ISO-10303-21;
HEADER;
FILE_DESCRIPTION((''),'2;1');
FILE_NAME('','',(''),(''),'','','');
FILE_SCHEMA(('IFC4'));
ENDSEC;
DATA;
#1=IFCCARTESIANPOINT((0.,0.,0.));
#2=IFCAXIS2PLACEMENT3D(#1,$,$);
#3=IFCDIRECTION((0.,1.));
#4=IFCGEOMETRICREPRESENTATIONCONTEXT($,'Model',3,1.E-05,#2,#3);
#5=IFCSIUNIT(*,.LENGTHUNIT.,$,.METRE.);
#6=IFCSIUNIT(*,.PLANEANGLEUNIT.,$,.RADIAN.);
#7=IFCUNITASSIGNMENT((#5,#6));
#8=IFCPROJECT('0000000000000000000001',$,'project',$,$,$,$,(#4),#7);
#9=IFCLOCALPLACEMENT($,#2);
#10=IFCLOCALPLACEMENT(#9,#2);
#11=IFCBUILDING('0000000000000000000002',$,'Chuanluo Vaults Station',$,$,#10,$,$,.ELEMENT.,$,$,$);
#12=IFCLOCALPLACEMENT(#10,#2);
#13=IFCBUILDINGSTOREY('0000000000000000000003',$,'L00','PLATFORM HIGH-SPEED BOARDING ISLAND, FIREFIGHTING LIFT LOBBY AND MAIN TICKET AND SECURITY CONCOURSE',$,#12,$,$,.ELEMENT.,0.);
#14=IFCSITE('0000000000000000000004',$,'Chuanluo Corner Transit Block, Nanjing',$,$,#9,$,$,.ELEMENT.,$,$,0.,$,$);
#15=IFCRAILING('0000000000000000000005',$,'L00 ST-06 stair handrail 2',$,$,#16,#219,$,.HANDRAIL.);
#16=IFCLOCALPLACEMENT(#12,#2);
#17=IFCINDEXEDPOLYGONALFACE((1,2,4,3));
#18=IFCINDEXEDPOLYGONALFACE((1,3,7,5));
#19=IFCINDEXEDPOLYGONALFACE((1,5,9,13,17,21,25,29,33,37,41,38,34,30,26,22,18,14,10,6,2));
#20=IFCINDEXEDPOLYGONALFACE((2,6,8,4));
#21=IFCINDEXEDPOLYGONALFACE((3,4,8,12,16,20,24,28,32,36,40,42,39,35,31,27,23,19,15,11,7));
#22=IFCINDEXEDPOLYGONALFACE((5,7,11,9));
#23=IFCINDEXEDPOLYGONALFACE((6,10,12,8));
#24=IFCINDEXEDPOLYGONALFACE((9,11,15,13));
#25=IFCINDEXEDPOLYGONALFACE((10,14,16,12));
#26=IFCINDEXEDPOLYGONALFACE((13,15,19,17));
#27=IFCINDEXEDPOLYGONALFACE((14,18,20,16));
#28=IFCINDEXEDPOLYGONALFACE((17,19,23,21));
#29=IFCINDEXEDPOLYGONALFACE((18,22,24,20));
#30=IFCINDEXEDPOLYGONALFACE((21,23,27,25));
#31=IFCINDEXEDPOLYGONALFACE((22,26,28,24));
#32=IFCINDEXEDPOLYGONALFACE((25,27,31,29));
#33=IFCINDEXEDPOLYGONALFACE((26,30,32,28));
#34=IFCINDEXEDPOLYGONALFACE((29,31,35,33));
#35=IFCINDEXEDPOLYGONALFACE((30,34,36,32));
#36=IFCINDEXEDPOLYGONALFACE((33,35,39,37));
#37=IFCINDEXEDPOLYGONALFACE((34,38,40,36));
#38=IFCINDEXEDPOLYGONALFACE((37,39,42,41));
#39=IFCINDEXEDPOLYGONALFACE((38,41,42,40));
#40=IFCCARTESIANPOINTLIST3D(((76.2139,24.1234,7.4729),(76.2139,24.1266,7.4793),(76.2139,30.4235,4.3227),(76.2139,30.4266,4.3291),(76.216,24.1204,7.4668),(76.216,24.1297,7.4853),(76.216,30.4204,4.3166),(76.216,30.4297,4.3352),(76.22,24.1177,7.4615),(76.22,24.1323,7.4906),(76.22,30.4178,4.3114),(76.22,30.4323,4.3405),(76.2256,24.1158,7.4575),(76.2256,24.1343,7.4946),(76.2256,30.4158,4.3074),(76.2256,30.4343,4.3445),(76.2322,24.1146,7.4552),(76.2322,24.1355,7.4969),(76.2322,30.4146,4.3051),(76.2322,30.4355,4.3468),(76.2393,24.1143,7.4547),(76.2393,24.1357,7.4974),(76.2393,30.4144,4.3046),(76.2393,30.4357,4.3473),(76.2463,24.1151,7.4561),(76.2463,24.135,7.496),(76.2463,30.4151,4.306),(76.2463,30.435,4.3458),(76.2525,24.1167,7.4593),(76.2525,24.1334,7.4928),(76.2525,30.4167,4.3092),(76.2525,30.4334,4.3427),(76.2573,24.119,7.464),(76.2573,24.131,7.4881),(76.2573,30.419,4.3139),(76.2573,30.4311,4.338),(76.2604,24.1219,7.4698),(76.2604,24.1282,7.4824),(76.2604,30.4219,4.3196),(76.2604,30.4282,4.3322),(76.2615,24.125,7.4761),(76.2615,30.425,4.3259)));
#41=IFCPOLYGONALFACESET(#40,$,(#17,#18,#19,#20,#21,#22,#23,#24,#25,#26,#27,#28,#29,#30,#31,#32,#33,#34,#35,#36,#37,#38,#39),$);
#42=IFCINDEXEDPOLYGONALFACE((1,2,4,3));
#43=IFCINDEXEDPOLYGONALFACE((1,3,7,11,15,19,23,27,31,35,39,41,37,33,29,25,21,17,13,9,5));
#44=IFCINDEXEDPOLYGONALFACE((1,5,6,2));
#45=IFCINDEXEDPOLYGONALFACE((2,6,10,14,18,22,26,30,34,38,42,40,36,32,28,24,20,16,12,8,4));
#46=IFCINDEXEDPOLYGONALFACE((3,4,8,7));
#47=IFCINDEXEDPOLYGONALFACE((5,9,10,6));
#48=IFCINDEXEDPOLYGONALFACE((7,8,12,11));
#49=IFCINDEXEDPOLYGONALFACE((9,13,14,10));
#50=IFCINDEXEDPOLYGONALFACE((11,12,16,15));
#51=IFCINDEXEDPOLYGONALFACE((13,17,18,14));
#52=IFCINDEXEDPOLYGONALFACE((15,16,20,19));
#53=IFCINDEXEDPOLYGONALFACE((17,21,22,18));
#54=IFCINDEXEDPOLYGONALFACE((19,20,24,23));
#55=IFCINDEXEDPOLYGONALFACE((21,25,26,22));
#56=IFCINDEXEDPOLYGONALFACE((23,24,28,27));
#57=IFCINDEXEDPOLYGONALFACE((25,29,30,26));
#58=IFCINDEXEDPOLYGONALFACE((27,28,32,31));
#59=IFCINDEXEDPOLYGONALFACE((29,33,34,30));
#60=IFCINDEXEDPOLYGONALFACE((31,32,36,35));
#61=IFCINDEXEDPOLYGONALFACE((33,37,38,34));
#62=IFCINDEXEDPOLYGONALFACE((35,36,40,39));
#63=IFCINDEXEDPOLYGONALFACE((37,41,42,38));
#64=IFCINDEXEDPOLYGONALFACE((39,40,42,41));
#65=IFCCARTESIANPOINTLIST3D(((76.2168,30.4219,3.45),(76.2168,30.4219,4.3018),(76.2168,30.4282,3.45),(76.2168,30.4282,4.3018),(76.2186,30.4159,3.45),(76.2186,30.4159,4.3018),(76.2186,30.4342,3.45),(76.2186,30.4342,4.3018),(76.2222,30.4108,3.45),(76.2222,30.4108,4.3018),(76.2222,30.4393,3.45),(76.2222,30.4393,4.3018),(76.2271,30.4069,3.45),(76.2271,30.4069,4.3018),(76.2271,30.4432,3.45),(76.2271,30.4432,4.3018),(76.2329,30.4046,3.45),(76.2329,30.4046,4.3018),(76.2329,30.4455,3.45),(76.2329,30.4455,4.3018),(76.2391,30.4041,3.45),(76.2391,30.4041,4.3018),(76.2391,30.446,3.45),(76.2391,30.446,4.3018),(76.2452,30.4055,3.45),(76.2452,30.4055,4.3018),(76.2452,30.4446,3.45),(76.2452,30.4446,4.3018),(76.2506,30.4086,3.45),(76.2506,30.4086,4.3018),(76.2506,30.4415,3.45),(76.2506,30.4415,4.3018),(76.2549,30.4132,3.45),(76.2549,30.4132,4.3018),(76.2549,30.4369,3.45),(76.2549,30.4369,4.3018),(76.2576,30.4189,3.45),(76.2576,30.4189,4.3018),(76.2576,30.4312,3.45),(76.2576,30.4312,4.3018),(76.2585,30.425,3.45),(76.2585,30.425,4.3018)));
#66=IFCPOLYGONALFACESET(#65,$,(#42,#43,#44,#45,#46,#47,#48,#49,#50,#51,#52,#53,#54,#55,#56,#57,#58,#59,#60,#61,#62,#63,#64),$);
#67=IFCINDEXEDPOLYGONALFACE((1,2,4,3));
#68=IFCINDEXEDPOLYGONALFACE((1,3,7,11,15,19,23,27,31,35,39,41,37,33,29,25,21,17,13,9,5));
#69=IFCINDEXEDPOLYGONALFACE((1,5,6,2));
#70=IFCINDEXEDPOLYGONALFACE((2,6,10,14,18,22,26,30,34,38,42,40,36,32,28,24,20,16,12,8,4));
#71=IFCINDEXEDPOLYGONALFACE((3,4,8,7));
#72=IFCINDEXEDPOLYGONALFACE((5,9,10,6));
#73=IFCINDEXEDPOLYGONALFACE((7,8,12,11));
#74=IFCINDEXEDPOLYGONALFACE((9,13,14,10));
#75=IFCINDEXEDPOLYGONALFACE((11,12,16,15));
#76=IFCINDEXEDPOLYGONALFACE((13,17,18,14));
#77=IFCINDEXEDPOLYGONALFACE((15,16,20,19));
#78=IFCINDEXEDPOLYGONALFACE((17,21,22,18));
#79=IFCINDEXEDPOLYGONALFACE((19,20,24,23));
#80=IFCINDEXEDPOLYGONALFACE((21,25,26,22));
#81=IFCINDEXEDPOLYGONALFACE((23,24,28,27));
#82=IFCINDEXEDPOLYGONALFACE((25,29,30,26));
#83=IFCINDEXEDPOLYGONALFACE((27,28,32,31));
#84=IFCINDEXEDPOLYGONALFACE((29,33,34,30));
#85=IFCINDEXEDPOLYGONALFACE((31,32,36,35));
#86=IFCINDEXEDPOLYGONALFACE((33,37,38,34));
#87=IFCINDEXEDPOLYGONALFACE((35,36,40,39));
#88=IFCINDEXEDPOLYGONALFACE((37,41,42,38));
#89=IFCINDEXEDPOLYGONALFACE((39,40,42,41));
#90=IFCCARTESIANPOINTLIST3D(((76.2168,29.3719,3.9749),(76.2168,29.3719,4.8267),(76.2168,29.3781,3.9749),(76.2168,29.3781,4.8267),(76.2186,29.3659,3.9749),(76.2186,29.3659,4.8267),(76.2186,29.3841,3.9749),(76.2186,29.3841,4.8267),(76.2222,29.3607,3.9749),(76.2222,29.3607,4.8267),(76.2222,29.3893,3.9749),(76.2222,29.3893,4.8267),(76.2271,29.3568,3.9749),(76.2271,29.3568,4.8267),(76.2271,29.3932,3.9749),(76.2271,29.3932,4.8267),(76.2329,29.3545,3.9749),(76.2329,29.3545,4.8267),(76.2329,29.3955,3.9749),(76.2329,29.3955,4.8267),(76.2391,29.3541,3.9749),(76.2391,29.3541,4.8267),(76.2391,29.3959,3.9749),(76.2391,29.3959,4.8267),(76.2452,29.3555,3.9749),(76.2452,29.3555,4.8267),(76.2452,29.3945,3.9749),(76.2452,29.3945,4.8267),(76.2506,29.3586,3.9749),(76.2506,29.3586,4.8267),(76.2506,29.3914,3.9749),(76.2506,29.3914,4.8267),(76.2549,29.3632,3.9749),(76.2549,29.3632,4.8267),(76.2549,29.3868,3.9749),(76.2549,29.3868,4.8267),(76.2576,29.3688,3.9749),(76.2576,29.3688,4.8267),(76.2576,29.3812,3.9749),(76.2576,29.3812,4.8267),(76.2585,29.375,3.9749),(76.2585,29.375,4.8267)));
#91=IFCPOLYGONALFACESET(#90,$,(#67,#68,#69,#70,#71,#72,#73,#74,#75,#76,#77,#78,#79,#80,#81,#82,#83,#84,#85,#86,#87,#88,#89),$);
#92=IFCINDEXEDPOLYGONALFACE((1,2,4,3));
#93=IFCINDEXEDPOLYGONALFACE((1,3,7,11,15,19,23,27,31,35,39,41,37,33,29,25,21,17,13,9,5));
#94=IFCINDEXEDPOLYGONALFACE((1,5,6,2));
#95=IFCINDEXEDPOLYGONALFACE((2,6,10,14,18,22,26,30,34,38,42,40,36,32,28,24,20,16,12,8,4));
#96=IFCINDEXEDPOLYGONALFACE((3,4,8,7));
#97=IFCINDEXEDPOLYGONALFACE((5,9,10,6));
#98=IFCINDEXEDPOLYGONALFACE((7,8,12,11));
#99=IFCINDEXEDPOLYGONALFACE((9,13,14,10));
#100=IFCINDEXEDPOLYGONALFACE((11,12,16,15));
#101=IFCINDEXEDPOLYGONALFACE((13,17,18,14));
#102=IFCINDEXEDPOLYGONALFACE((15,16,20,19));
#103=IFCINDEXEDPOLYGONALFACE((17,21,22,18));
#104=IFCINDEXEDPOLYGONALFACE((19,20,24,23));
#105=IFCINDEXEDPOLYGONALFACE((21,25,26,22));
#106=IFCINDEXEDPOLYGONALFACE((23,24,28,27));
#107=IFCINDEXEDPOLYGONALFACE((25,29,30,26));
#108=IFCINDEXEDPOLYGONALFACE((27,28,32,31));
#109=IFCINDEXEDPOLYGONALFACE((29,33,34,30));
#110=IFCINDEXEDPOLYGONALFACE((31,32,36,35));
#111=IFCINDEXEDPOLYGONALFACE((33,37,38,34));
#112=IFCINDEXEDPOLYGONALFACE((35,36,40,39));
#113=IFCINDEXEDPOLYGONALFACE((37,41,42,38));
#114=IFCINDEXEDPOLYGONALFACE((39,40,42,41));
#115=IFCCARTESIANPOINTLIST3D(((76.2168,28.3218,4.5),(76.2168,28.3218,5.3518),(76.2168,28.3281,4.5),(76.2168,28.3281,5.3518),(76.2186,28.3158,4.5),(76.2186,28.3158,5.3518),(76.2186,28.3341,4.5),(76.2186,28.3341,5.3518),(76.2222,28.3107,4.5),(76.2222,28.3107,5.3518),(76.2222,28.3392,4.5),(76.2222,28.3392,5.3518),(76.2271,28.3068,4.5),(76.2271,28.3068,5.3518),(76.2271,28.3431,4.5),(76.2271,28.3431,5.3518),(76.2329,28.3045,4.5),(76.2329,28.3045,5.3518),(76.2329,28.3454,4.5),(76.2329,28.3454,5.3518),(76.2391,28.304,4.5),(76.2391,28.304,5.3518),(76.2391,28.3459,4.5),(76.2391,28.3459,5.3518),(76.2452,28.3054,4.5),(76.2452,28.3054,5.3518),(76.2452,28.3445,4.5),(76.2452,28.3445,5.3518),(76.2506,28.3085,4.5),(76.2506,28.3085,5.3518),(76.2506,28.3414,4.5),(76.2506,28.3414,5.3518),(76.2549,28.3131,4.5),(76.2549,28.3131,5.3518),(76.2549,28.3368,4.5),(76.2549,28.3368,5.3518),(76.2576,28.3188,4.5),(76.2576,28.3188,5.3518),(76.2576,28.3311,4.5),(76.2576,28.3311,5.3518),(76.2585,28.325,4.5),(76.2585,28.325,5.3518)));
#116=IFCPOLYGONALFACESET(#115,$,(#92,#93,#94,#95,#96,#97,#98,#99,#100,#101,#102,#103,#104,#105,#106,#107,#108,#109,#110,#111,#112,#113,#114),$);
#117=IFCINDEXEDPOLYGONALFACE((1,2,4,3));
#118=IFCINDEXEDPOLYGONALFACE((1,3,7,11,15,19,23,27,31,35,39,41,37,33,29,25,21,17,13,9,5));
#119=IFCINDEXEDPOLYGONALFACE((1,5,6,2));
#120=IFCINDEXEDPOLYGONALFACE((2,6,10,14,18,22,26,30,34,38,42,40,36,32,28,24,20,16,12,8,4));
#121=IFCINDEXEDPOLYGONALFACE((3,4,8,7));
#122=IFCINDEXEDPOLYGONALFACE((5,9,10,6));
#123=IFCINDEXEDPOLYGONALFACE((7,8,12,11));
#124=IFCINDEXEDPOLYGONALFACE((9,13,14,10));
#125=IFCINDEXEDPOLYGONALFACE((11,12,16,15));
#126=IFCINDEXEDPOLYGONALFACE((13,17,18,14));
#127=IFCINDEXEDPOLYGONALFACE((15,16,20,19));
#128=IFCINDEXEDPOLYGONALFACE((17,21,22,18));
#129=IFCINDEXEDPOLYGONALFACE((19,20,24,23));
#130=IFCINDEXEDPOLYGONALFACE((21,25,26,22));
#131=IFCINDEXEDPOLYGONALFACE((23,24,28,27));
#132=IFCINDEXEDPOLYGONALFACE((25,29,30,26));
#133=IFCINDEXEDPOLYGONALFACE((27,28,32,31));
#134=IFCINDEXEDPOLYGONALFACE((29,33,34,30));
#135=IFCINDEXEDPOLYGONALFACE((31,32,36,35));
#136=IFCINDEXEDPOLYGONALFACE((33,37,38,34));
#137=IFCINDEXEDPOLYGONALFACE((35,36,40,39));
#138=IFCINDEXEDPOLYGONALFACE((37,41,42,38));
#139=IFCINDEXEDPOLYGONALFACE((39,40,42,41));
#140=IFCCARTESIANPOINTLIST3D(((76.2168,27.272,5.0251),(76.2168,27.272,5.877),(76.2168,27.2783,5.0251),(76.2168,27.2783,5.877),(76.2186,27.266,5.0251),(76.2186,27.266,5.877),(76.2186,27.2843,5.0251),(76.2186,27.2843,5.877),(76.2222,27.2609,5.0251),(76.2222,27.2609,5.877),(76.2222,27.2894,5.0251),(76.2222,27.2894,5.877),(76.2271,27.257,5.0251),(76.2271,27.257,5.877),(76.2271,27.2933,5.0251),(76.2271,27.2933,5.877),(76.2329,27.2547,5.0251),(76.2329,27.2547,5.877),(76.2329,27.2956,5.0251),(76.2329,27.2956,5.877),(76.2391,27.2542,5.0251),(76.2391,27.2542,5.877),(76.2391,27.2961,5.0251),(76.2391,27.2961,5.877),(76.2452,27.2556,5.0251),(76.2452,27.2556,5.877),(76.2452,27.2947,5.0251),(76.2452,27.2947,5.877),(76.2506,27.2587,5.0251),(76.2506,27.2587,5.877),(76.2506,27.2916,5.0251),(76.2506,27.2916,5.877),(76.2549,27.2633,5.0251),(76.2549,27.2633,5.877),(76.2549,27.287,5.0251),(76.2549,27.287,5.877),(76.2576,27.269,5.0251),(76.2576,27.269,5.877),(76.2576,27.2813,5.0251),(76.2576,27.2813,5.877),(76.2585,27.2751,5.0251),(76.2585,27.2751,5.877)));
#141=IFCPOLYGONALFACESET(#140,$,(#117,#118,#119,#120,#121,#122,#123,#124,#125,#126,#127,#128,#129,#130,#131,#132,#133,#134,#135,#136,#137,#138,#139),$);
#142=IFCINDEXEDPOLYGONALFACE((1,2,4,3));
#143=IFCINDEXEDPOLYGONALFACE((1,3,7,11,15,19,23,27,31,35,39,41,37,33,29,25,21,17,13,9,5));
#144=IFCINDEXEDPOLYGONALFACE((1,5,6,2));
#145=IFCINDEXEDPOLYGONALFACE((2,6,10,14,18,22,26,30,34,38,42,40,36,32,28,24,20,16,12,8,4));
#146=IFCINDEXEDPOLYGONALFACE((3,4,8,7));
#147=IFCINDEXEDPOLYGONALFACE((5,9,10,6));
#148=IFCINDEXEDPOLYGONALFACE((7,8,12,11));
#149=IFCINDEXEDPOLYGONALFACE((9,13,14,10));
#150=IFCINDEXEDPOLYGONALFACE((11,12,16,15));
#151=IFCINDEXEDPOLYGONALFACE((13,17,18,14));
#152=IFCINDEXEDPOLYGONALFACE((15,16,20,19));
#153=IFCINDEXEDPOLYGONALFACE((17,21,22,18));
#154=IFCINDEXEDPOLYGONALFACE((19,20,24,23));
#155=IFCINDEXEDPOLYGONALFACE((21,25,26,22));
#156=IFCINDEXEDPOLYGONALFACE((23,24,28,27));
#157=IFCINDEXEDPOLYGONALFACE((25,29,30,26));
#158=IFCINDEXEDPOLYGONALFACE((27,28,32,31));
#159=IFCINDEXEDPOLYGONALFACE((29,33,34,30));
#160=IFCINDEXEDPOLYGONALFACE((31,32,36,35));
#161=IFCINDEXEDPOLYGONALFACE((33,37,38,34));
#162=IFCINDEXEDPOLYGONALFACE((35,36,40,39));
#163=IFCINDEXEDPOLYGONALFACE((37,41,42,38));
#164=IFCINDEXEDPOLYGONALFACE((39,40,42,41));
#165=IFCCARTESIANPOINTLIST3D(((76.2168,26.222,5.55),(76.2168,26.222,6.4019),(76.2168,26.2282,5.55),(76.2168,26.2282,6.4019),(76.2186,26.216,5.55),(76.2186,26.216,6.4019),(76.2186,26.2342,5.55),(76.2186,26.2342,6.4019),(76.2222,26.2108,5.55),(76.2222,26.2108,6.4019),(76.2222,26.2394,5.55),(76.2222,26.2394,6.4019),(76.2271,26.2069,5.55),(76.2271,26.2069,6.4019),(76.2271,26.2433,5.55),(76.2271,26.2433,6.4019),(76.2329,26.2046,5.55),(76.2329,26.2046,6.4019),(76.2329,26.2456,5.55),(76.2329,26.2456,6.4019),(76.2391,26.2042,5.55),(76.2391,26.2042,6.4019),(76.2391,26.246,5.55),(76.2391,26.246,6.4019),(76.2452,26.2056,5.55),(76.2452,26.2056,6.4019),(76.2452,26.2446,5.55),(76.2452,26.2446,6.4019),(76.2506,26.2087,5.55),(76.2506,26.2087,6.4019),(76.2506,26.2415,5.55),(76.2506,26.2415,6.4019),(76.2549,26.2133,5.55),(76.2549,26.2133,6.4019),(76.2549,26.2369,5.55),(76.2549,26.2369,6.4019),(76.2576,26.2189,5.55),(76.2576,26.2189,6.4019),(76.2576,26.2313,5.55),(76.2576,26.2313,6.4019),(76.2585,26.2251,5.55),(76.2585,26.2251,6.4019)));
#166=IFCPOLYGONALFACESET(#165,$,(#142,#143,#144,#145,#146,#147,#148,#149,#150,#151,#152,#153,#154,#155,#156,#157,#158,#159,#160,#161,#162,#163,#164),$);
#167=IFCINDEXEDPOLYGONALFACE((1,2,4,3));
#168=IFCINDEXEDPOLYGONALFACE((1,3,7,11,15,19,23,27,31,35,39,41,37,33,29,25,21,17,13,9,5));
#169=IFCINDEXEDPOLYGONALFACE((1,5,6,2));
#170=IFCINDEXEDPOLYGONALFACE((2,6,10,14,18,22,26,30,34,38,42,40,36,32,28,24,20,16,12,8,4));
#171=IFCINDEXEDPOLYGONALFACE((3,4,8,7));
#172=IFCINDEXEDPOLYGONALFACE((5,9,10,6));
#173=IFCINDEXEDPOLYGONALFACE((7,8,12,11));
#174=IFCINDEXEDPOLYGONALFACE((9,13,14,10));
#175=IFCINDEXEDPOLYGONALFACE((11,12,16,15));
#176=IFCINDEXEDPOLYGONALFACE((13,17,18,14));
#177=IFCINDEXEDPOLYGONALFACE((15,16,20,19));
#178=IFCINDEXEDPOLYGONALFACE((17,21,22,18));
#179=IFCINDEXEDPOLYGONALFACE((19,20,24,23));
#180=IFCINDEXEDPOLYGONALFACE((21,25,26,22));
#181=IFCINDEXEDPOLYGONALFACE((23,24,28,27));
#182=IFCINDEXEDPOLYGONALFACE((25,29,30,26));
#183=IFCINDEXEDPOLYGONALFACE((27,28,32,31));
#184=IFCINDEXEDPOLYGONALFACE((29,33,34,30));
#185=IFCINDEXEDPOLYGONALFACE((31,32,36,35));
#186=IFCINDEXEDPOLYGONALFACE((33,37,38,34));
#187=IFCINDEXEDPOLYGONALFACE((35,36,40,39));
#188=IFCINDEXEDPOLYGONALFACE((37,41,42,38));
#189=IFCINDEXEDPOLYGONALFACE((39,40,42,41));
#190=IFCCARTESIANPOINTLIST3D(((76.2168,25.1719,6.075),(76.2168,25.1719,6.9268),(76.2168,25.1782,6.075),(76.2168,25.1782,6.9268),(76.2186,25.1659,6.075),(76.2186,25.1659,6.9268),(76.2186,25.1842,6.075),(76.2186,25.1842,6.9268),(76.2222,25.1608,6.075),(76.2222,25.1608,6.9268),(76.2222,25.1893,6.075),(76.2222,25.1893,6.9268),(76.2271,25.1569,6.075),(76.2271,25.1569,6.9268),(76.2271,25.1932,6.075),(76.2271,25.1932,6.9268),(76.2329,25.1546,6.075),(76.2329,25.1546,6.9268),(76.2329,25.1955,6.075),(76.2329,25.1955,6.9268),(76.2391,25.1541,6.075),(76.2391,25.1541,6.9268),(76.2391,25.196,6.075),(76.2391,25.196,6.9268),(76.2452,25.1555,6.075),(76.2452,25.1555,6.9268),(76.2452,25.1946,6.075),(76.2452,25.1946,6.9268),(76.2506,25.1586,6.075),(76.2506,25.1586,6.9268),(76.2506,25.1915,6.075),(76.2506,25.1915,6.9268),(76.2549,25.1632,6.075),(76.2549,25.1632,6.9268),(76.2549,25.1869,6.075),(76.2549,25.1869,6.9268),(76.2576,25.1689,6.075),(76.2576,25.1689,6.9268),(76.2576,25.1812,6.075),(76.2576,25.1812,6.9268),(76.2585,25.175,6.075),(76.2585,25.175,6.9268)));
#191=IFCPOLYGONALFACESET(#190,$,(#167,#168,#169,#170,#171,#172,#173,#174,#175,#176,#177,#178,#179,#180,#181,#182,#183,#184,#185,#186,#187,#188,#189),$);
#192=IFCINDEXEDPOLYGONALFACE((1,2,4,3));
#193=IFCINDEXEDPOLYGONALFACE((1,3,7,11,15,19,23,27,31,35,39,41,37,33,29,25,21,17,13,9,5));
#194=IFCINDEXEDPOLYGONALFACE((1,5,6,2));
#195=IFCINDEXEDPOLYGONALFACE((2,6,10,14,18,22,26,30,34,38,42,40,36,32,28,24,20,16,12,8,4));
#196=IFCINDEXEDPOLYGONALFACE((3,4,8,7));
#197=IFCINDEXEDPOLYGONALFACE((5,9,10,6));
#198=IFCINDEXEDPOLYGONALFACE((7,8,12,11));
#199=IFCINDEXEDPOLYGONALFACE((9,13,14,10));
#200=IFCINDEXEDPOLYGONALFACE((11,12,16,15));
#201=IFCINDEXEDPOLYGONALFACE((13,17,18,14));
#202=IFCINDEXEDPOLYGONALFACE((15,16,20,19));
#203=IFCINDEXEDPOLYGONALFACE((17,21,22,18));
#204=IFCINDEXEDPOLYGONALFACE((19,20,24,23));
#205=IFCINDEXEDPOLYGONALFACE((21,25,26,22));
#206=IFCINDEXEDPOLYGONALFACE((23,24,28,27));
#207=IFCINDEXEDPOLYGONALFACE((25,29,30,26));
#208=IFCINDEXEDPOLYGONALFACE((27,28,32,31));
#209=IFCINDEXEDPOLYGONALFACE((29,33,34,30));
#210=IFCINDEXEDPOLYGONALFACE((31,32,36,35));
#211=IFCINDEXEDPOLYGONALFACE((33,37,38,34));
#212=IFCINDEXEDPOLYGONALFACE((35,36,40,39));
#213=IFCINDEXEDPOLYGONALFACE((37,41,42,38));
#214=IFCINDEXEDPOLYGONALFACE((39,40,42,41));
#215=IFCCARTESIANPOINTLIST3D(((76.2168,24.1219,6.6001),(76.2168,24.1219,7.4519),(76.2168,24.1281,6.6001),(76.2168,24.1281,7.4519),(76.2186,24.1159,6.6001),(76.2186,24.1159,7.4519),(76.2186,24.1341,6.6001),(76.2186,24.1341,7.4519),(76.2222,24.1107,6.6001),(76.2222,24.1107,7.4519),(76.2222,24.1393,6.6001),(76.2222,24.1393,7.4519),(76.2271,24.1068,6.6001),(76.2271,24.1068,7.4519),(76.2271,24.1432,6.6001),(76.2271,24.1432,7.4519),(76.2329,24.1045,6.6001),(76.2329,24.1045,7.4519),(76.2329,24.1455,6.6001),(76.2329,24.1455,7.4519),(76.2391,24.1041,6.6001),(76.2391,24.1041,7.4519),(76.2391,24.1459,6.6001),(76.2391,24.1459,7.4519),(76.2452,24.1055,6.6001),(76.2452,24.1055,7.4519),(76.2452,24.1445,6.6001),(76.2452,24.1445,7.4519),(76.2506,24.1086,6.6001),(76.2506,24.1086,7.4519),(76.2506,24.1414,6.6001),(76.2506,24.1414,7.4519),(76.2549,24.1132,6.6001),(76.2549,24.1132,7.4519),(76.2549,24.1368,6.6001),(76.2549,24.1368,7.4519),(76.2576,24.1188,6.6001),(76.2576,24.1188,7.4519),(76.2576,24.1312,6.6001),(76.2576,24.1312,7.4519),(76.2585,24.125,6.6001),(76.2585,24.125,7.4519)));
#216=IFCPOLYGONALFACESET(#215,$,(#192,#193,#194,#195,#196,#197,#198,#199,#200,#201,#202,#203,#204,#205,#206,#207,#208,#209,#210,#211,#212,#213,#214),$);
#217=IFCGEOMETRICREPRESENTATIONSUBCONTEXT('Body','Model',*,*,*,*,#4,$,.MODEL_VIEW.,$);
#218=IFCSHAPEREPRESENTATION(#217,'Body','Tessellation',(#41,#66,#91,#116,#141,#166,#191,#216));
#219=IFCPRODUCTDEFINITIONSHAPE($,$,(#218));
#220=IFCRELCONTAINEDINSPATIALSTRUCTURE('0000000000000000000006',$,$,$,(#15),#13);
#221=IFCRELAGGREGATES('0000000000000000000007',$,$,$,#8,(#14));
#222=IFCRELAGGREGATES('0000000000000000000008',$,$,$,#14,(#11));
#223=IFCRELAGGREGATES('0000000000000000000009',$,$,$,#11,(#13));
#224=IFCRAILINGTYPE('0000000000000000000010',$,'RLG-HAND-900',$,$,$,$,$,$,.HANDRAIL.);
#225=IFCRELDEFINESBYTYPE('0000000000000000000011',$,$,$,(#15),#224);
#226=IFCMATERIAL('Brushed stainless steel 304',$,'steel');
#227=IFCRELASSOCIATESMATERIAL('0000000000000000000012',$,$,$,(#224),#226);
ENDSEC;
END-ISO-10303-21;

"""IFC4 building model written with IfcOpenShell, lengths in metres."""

from ifc_helpers import new_model, si_unit, direction, frame, origin, origin_2d, place, context, subcontext, project, spatial, circle, extrude, material, type_object, element, save


model = new_model("IFC4")

# Units and contexts
model_context = context("Model", 3, precision=1e-05, world=origin(), true_north=direction((0.0, 1.0)))
body_context = subcontext(model_context, "Body", "Model", "MODEL_VIEW")
ifc_project = project(units=[si_unit("LENGTHUNIT", "METRE"), si_unit("PLANEANGLEUNIT", "RADIAN")], contexts=[model_context])

# Site, building, storey
site_placement = place(None, origin())
site = spatial("IfcSite", under=ifc_project, at=site_placement, Name="Chuanluo Corner Transit Block, Nanjing", CompositionType="ELEMENT", RefElevation=0.0)
building_placement = place(site_placement, origin())
building = spatial("IfcBuilding", under=site, at=building_placement, Name="Chuanluo Vaults Station", CompositionType="ELEMENT")
storey_placement = place(building_placement, origin())
storey = spatial("IfcBuildingStorey", under=building, at=storey_placement, Name="L00", Description="PLATFORM HIGH-SPEED BOARDING ISLAND, FIREFIGHTING LIFT LOBBY AND MAIN TICKET AND SECURITY CONCOURSE", CompositionType="ELEMENT", Elevation=0.0)

# Railing
ifc_material_1 = material(Name="Brushed stainless steel 304", Category="steel")
railing_type_1 = type_object("IfcRailingType", Name="RLG-HAND-900", PredefinedType="HANDRAIL", material=ifc_material_1)
railing_1_placement = place(storey_placement, frame((76.2375, 30.425, 3.45)))
element("IfcRailing", 1, at=railing_1_placement, inside=storey, type_object=railing_type_1, Name="L00 ST-06 stair handrail 2", PredefinedType="HANDRAIL", context=body_context, shape_type="SweptSolid", body=[
    extrude(circle(Radius=0.0239, at=origin_2d()), frame((0.0, 0.0, 0.876), z_axis=(0.0, -0.89442, 0.447227), x_axis=(1.0, 0.0, 0.0)), (0.0, 0.0, 1.0), 7.0437),
    extrude(circle(Radius=0.021, at=origin_2d()), origin(), (0.0, 0.0, 1.0), 0.8518),
    extrude(circle(Radius=0.021, at=origin_2d()), frame((0.0, -1.05, 0.5249)), (0.0, 0.0, 1.0), 0.8518),
    extrude(circle(Radius=0.021, at=origin_2d()), frame((0.0, -2.1001, 1.05)), (0.0, 0.0, 1.0), 0.8518),
    extrude(circle(Radius=0.021, at=origin_2d()), frame((0.0, -3.1499, 1.5752)), (0.0, 0.0, 1.0), 0.8518),
    extrude(circle(Radius=0.021, at=origin_2d()), frame((0.0, -4.2, 2.1001)), (0.0, 0.0, 1.0), 0.8518),
    extrude(circle(Radius=0.021, at=origin_2d()), frame((0.0, -5.25, 2.625)), (0.0, 0.0, 1.0), 0.8518),
    extrude(circle(Radius=0.021, at=origin_2d()), frame((0.0, -6.3, 3.1501)), (0.0, 0.0, 1.0), 0.8518),
])

save(model, "model.ifc")
